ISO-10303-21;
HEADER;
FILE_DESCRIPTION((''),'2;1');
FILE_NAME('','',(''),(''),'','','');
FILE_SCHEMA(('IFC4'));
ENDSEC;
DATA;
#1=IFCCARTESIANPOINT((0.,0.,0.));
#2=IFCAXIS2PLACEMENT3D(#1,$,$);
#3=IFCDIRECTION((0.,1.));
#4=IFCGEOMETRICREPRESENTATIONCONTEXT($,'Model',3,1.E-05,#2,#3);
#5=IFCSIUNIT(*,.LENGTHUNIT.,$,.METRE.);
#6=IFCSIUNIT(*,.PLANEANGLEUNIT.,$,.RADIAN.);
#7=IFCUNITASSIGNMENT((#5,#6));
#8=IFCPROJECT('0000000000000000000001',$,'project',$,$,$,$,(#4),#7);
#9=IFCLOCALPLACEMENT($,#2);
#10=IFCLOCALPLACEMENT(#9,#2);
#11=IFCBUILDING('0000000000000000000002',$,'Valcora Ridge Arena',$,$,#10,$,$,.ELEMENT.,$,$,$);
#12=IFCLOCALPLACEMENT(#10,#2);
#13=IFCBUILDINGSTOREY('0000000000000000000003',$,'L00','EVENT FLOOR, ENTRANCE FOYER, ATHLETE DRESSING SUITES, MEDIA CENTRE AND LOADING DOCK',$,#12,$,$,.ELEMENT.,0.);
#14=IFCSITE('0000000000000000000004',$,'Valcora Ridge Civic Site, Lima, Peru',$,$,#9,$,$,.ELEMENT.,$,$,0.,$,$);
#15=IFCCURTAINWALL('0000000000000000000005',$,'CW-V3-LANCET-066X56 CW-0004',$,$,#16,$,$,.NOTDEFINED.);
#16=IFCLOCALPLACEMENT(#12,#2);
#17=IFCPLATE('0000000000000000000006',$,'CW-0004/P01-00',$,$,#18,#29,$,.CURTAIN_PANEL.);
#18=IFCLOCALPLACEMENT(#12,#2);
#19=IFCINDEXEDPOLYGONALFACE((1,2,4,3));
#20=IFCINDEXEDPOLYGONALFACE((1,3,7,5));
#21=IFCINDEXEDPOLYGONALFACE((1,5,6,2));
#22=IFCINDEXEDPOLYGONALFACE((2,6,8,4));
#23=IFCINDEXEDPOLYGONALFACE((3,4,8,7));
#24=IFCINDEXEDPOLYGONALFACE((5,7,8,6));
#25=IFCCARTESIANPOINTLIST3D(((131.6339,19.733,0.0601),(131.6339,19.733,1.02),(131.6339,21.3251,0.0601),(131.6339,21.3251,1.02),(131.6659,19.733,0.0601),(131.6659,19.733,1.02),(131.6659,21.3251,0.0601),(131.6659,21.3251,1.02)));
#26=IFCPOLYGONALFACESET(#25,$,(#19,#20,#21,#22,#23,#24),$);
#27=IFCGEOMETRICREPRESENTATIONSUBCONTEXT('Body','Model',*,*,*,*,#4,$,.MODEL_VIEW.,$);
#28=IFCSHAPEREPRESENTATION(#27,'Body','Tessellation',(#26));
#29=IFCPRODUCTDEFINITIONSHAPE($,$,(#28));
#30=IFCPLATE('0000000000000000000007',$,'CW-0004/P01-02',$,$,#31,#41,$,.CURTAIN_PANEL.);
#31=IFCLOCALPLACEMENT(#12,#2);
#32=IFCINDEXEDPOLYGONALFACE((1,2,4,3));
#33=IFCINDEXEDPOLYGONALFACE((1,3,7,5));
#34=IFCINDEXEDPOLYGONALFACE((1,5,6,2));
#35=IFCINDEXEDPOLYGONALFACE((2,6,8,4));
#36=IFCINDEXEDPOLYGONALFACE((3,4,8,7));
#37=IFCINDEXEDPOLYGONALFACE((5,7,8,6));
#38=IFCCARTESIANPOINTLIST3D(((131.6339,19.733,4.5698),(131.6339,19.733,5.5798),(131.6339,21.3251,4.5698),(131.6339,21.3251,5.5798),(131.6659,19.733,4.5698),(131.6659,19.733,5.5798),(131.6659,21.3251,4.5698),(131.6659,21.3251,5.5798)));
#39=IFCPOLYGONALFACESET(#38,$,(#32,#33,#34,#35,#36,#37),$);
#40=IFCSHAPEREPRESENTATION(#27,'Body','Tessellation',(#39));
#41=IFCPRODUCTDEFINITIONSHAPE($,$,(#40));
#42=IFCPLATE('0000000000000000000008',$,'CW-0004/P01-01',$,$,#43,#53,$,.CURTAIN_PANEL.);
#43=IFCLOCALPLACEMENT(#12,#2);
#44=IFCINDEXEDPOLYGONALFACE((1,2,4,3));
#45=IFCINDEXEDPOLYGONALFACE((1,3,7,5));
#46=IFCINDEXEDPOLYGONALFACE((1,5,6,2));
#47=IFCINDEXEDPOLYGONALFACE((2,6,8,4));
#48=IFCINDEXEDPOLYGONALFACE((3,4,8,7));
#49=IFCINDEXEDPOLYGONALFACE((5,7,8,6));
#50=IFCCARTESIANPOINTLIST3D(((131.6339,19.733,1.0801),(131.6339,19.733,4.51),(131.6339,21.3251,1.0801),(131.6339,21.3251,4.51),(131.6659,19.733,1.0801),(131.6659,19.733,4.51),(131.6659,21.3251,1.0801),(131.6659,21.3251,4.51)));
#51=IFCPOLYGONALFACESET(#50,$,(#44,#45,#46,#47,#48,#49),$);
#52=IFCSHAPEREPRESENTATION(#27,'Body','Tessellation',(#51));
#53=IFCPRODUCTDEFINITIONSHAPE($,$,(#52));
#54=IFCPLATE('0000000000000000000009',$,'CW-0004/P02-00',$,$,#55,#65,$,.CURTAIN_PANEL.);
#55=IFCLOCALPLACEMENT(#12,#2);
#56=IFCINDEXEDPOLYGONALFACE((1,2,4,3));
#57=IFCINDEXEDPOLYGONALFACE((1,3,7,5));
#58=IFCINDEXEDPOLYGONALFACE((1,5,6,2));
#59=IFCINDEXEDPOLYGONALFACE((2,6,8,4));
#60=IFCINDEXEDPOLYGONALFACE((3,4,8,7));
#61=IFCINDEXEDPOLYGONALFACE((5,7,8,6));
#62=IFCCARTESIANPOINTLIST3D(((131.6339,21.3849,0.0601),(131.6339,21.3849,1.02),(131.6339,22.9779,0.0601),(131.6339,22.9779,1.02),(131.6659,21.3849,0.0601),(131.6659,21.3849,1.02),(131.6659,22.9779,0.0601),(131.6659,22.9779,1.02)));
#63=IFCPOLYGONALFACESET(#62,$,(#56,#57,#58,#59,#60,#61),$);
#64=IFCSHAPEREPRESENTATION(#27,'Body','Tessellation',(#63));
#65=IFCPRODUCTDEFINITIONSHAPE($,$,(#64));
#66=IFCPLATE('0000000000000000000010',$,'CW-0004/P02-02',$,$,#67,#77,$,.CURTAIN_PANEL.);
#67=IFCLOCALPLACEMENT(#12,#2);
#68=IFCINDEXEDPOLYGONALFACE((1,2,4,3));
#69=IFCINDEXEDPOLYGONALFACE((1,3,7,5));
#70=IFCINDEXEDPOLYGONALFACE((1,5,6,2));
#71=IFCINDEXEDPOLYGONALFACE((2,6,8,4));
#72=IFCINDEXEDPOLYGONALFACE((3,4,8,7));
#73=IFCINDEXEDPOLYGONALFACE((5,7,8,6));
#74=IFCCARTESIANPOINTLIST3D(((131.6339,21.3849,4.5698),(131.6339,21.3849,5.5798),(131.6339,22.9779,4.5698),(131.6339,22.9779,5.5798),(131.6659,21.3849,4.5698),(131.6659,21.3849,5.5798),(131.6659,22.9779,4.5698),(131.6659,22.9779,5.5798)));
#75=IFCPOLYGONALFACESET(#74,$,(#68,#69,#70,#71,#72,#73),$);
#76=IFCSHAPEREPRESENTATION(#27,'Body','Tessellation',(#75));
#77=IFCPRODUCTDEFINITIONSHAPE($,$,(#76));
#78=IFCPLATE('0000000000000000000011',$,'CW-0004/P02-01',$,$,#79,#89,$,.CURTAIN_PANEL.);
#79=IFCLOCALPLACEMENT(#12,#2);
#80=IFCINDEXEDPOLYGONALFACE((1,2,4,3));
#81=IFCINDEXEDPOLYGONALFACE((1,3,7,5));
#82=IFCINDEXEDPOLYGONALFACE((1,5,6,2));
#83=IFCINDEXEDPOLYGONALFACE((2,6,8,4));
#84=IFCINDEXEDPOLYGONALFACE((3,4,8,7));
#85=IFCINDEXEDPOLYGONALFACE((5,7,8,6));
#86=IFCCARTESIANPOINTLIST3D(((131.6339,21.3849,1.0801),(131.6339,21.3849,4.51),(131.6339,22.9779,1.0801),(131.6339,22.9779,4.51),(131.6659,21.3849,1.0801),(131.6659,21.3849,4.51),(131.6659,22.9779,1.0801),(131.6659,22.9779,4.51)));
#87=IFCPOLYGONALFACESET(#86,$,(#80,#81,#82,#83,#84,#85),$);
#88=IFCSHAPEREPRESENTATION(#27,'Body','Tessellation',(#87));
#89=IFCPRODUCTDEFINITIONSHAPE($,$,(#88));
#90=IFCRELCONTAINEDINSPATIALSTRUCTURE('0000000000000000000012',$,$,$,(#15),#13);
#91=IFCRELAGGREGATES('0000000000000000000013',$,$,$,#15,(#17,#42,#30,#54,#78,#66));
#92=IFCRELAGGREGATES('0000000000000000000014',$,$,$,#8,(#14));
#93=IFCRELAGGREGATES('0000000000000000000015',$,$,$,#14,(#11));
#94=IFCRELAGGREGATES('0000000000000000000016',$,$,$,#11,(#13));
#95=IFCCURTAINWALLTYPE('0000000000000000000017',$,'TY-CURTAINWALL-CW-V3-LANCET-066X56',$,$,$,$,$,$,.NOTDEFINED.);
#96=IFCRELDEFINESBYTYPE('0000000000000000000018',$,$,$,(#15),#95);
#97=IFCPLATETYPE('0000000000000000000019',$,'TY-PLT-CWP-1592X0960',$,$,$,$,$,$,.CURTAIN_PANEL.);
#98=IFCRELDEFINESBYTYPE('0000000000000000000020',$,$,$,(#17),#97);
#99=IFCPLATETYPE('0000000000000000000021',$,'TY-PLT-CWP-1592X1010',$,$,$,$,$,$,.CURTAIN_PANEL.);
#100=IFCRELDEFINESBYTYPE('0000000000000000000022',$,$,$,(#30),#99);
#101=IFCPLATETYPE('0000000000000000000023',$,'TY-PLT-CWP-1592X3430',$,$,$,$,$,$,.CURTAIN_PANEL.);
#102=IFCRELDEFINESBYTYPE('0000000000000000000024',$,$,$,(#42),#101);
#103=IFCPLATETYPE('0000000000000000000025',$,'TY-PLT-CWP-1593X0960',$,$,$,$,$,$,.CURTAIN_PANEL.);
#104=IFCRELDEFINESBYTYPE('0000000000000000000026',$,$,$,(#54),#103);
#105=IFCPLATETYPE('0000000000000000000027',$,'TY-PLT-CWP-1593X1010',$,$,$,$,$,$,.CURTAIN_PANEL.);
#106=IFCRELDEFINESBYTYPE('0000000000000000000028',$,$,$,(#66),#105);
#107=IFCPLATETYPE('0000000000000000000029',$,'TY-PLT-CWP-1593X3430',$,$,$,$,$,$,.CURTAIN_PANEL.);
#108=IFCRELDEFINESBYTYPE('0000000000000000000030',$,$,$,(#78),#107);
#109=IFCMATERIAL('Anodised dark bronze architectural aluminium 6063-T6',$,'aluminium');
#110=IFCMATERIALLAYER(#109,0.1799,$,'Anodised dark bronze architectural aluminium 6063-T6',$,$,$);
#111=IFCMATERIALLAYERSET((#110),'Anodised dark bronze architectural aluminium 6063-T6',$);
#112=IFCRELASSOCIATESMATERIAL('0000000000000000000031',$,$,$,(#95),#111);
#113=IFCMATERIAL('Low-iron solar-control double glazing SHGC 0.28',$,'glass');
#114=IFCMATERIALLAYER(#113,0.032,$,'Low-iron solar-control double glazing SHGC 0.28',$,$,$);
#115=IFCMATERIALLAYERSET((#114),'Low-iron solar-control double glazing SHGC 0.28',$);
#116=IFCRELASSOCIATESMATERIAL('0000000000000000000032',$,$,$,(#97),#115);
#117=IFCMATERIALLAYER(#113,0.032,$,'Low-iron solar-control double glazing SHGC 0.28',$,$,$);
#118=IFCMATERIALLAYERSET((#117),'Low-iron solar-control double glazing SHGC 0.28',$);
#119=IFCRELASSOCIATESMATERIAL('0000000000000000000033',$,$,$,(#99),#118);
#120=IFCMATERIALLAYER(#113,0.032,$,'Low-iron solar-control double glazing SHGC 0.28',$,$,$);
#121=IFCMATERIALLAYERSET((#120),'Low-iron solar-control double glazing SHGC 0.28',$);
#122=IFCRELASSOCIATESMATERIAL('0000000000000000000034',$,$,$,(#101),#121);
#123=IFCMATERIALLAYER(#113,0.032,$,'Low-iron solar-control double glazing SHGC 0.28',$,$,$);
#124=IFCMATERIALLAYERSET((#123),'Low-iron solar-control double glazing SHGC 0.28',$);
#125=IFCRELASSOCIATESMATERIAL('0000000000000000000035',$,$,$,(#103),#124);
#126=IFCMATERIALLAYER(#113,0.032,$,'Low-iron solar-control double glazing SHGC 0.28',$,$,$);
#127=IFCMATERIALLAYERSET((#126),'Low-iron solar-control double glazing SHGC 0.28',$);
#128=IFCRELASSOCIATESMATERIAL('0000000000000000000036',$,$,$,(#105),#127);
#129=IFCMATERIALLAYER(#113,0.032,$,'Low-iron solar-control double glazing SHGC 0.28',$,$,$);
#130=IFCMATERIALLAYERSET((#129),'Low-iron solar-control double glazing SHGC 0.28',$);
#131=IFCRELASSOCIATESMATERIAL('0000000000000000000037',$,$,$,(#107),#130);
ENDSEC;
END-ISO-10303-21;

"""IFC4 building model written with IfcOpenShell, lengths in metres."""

from ifc_helpers import new_model, si_unit, direction, frame, origin, origin_2d, place, context, subcontext, project, spatial, rectangle, extrude, material, layer, layer_set, type_object, element, aggregate, save


model = new_model("IFC4")

# Units and contexts
model_context = context("Model", 3, precision=1e-05, world=origin(), true_north=direction((0.0, 1.0)))
body_context = subcontext(model_context, "Body", "Model", "MODEL_VIEW")
ifc_project = project(units=[si_unit("LENGTHUNIT", "METRE"), si_unit("PLANEANGLEUNIT", "RADIAN")], contexts=[model_context])

# Site, building, storey
site_placement = place(None, origin())
site = spatial("IfcSite", under=ifc_project, at=site_placement, Name="Valcora Ridge Civic Site, Lima, Peru", CompositionType="ELEMENT", RefElevation=0.0)
building_placement = place(site_placement, origin())
building = spatial("IfcBuilding", under=site, at=building_placement, Name="Valcora Ridge Arena", CompositionType="ELEMENT")
storey_placement = place(building_placement, origin())
storey = spatial("IfcBuildingStorey", under=building, at=storey_placement, Name="L00", Description="EVENT FLOOR, ENTRANCE FOYER, ATHLETE DRESSING SUITES, MEDIA CENTRE AND LOADING DOCK", CompositionType="ELEMENT", Elevation=0.0)

# Curtain wall, plates
ifc_material_1 = material(Name="Anodised dark bronze architectural aluminium 6063-T6", Category="aluminium")
ifc_layer_1 = layer(ifc_material_1, 0.1799, Name="Anodised dark bronze architectural aluminium 6063-T6")
ifc_layer_set_1 = layer_set([ifc_layer_1], Name="Anodised dark bronze architectural aluminium 6063-T6")
curtain_wall_type = type_object("IfcCurtainWallType", Name="TY-CURTAINWALL-CW-V3-LANCET-066X56", PredefinedType="NOTDEFINED", material=ifc_layer_set_1)
curtain_wall_placement = place(storey_placement, origin())
curtain_wall = element("IfcCurtainWall", 1, at=curtain_wall_placement, inside=storey, type_object=curtain_wall_type, Name="CW-V3-LANCET-066X56 CW-0004", PredefinedType="NOTDEFINED")
ifc_material_2 = material(Name="Low-iron solar-control double glazing SHGC 0.28", Category="glass")
ifc_layer_2 = layer(ifc_material_2, 0.032, Name="Low-iron solar-control double glazing SHGC 0.28")
ifc_layer_set_2 = layer_set([ifc_layer_2], Name="Low-iron solar-control double glazing SHGC 0.28")
plate_type_1 = type_object("IfcPlateType", Name="TY-PLT-CWP-1592X0960", PredefinedType="CURTAIN_PANEL", material=ifc_layer_set_2)
plate_1_placement = place(storey_placement, frame((131.6499, 20.5291, 0.0601), z_axis=(0.0, 0.0, 1.0), x_axis=(0.0, 1.0, 0.0)))
plate_1 = element("IfcPlate", 2, at=plate_1_placement, type_object=plate_type_1, Name="CW-0004/P01-00", PredefinedType="CURTAIN_PANEL", context=body_context, shape_type="SweptSolid", body=[
    extrude(rectangle(XDim=1.592, YDim=0.032, at=origin_2d()), origin(), (0.0, 0.0, 1.0), 0.96),
])
ifc_layer_3 = layer(ifc_material_2, 0.032, Name="Low-iron solar-control double glazing SHGC 0.28")
ifc_layer_set_3 = layer_set([ifc_layer_3], Name="Low-iron solar-control double glazing SHGC 0.28")
plate_type_2 = type_object("IfcPlateType", Name="TY-PLT-CWP-1592X1010", PredefinedType="CURTAIN_PANEL", material=ifc_layer_set_3)
plate_2_placement = place(storey_placement, frame((131.6499, 20.5291, 4.5698), z_axis=(0.0, 0.0, 1.0), x_axis=(0.0, 1.0, 0.0)))
plate_2 = element("IfcPlate", 3, at=plate_2_placement, type_object=plate_type_2, Name="CW-0004/P01-02", PredefinedType="CURTAIN_PANEL", context=body_context, shape_type="SweptSolid", body=[
    extrude(rectangle(XDim=1.592, YDim=0.032, at=origin_2d()), origin(), (0.0, 0.0, 1.0), 1.01),
])
ifc_layer_4 = layer(ifc_material_2, 0.032, Name="Low-iron solar-control double glazing SHGC 0.28")
ifc_layer_set_4 = layer_set([ifc_layer_4], Name="Low-iron solar-control double glazing SHGC 0.28")
plate_type_3 = type_object("IfcPlateType", Name="TY-PLT-CWP-1592X3430", PredefinedType="CURTAIN_PANEL", material=ifc_layer_set_4)
plate_3_placement = place(storey_placement, frame((131.6499, 20.5291, 1.0801), z_axis=(0.0, 0.0, 1.0), x_axis=(0.0, 1.0, 0.0)))
plate_3 = element("IfcPlate", 4, at=plate_3_placement, type_object=plate_type_3, Name="CW-0004/P01-01", PredefinedType="CURTAIN_PANEL", context=body_context, shape_type="SweptSolid", body=[
    extrude(rectangle(XDim=1.592, YDim=0.032, at=origin_2d()), origin(), (0.0, 0.0, 1.0), 3.4299),
])
ifc_layer_5 = layer(ifc_material_2, 0.032, Name="Low-iron solar-control double glazing SHGC 0.28")
ifc_layer_set_5 = layer_set([ifc_layer_5], Name="Low-iron solar-control double glazing SHGC 0.28")
plate_type_4 = type_object("IfcPlateType", Name="TY-PLT-CWP-1593X0960", PredefinedType="CURTAIN_PANEL", material=ifc_layer_set_5)
plate_4_placement = place(storey_placement, frame((131.6499, 22.1814, 0.0601), z_axis=(0.0, 0.0, 1.0), x_axis=(0.0, 1.0, 0.0)))
plate_4 = element("IfcPlate", 5, at=plate_4_placement, type_object=plate_type_4, Name="CW-0004/P02-00", PredefinedType="CURTAIN_PANEL", context=body_context, shape_type="SweptSolid", body=[
    extrude(rectangle(XDim=1.593, YDim=0.032, at=origin_2d()), origin(), (0.0, 0.0, 1.0), 0.96),
])
ifc_layer_6 = layer(ifc_material_2, 0.032, Name="Low-iron solar-control double glazing SHGC 0.28")
ifc_layer_set_6 = layer_set([ifc_layer_6], Name="Low-iron solar-control double glazing SHGC 0.28")
plate_type_5 = type_object("IfcPlateType", Name="TY-PLT-CWP-1593X1010", PredefinedType="CURTAIN_PANEL", material=ifc_layer_set_6)
plate_5_placement = place(storey_placement, frame((131.6499, 22.1814, 4.5698), z_axis=(0.0, 0.0, 1.0), x_axis=(0.0, 1.0, 0.0)))
plate_5 = element("IfcPlate", 6, at=plate_5_placement, type_object=plate_type_5, Name="CW-0004/P02-02", PredefinedType="CURTAIN_PANEL", context=body_context, shape_type="SweptSolid", body=[
    extrude(rectangle(XDim=1.593, YDim=0.032, at=origin_2d()), origin(), (0.0, 0.0, 1.0), 1.01),
])
ifc_layer_7 = layer(ifc_material_2, 0.032, Name="Low-iron solar-control double glazing SHGC 0.28")
ifc_layer_set_7 = layer_set([ifc_layer_7], Name="Low-iron solar-control double glazing SHGC 0.28")
plate_type_6 = type_object("IfcPlateType", Name="TY-PLT-CWP-1593X3430", PredefinedType="CURTAIN_PANEL", material=ifc_layer_set_7)
plate_6_placement = place(storey_placement, frame((131.6499, 22.1814, 1.0801), z_axis=(0.0, 0.0, 1.0), x_axis=(0.0, 1.0, 0.0)))
plate_6 = element("IfcPlate", 7, at=plate_6_placement, type_object=plate_type_6, Name="CW-0004/P02-01", PredefinedType="CURTAIN_PANEL", context=body_context, shape_type="SweptSolid", body=[
    extrude(rectangle(XDim=1.593, YDim=0.032, at=origin_2d()), origin(), (0.0, 0.0, 1.0), 3.4299),
])
aggregate(curtain_wall, [plate_1, plate_3, plate_2, plate_4, plate_6, plate_5])

save(model, "model.ifc")
